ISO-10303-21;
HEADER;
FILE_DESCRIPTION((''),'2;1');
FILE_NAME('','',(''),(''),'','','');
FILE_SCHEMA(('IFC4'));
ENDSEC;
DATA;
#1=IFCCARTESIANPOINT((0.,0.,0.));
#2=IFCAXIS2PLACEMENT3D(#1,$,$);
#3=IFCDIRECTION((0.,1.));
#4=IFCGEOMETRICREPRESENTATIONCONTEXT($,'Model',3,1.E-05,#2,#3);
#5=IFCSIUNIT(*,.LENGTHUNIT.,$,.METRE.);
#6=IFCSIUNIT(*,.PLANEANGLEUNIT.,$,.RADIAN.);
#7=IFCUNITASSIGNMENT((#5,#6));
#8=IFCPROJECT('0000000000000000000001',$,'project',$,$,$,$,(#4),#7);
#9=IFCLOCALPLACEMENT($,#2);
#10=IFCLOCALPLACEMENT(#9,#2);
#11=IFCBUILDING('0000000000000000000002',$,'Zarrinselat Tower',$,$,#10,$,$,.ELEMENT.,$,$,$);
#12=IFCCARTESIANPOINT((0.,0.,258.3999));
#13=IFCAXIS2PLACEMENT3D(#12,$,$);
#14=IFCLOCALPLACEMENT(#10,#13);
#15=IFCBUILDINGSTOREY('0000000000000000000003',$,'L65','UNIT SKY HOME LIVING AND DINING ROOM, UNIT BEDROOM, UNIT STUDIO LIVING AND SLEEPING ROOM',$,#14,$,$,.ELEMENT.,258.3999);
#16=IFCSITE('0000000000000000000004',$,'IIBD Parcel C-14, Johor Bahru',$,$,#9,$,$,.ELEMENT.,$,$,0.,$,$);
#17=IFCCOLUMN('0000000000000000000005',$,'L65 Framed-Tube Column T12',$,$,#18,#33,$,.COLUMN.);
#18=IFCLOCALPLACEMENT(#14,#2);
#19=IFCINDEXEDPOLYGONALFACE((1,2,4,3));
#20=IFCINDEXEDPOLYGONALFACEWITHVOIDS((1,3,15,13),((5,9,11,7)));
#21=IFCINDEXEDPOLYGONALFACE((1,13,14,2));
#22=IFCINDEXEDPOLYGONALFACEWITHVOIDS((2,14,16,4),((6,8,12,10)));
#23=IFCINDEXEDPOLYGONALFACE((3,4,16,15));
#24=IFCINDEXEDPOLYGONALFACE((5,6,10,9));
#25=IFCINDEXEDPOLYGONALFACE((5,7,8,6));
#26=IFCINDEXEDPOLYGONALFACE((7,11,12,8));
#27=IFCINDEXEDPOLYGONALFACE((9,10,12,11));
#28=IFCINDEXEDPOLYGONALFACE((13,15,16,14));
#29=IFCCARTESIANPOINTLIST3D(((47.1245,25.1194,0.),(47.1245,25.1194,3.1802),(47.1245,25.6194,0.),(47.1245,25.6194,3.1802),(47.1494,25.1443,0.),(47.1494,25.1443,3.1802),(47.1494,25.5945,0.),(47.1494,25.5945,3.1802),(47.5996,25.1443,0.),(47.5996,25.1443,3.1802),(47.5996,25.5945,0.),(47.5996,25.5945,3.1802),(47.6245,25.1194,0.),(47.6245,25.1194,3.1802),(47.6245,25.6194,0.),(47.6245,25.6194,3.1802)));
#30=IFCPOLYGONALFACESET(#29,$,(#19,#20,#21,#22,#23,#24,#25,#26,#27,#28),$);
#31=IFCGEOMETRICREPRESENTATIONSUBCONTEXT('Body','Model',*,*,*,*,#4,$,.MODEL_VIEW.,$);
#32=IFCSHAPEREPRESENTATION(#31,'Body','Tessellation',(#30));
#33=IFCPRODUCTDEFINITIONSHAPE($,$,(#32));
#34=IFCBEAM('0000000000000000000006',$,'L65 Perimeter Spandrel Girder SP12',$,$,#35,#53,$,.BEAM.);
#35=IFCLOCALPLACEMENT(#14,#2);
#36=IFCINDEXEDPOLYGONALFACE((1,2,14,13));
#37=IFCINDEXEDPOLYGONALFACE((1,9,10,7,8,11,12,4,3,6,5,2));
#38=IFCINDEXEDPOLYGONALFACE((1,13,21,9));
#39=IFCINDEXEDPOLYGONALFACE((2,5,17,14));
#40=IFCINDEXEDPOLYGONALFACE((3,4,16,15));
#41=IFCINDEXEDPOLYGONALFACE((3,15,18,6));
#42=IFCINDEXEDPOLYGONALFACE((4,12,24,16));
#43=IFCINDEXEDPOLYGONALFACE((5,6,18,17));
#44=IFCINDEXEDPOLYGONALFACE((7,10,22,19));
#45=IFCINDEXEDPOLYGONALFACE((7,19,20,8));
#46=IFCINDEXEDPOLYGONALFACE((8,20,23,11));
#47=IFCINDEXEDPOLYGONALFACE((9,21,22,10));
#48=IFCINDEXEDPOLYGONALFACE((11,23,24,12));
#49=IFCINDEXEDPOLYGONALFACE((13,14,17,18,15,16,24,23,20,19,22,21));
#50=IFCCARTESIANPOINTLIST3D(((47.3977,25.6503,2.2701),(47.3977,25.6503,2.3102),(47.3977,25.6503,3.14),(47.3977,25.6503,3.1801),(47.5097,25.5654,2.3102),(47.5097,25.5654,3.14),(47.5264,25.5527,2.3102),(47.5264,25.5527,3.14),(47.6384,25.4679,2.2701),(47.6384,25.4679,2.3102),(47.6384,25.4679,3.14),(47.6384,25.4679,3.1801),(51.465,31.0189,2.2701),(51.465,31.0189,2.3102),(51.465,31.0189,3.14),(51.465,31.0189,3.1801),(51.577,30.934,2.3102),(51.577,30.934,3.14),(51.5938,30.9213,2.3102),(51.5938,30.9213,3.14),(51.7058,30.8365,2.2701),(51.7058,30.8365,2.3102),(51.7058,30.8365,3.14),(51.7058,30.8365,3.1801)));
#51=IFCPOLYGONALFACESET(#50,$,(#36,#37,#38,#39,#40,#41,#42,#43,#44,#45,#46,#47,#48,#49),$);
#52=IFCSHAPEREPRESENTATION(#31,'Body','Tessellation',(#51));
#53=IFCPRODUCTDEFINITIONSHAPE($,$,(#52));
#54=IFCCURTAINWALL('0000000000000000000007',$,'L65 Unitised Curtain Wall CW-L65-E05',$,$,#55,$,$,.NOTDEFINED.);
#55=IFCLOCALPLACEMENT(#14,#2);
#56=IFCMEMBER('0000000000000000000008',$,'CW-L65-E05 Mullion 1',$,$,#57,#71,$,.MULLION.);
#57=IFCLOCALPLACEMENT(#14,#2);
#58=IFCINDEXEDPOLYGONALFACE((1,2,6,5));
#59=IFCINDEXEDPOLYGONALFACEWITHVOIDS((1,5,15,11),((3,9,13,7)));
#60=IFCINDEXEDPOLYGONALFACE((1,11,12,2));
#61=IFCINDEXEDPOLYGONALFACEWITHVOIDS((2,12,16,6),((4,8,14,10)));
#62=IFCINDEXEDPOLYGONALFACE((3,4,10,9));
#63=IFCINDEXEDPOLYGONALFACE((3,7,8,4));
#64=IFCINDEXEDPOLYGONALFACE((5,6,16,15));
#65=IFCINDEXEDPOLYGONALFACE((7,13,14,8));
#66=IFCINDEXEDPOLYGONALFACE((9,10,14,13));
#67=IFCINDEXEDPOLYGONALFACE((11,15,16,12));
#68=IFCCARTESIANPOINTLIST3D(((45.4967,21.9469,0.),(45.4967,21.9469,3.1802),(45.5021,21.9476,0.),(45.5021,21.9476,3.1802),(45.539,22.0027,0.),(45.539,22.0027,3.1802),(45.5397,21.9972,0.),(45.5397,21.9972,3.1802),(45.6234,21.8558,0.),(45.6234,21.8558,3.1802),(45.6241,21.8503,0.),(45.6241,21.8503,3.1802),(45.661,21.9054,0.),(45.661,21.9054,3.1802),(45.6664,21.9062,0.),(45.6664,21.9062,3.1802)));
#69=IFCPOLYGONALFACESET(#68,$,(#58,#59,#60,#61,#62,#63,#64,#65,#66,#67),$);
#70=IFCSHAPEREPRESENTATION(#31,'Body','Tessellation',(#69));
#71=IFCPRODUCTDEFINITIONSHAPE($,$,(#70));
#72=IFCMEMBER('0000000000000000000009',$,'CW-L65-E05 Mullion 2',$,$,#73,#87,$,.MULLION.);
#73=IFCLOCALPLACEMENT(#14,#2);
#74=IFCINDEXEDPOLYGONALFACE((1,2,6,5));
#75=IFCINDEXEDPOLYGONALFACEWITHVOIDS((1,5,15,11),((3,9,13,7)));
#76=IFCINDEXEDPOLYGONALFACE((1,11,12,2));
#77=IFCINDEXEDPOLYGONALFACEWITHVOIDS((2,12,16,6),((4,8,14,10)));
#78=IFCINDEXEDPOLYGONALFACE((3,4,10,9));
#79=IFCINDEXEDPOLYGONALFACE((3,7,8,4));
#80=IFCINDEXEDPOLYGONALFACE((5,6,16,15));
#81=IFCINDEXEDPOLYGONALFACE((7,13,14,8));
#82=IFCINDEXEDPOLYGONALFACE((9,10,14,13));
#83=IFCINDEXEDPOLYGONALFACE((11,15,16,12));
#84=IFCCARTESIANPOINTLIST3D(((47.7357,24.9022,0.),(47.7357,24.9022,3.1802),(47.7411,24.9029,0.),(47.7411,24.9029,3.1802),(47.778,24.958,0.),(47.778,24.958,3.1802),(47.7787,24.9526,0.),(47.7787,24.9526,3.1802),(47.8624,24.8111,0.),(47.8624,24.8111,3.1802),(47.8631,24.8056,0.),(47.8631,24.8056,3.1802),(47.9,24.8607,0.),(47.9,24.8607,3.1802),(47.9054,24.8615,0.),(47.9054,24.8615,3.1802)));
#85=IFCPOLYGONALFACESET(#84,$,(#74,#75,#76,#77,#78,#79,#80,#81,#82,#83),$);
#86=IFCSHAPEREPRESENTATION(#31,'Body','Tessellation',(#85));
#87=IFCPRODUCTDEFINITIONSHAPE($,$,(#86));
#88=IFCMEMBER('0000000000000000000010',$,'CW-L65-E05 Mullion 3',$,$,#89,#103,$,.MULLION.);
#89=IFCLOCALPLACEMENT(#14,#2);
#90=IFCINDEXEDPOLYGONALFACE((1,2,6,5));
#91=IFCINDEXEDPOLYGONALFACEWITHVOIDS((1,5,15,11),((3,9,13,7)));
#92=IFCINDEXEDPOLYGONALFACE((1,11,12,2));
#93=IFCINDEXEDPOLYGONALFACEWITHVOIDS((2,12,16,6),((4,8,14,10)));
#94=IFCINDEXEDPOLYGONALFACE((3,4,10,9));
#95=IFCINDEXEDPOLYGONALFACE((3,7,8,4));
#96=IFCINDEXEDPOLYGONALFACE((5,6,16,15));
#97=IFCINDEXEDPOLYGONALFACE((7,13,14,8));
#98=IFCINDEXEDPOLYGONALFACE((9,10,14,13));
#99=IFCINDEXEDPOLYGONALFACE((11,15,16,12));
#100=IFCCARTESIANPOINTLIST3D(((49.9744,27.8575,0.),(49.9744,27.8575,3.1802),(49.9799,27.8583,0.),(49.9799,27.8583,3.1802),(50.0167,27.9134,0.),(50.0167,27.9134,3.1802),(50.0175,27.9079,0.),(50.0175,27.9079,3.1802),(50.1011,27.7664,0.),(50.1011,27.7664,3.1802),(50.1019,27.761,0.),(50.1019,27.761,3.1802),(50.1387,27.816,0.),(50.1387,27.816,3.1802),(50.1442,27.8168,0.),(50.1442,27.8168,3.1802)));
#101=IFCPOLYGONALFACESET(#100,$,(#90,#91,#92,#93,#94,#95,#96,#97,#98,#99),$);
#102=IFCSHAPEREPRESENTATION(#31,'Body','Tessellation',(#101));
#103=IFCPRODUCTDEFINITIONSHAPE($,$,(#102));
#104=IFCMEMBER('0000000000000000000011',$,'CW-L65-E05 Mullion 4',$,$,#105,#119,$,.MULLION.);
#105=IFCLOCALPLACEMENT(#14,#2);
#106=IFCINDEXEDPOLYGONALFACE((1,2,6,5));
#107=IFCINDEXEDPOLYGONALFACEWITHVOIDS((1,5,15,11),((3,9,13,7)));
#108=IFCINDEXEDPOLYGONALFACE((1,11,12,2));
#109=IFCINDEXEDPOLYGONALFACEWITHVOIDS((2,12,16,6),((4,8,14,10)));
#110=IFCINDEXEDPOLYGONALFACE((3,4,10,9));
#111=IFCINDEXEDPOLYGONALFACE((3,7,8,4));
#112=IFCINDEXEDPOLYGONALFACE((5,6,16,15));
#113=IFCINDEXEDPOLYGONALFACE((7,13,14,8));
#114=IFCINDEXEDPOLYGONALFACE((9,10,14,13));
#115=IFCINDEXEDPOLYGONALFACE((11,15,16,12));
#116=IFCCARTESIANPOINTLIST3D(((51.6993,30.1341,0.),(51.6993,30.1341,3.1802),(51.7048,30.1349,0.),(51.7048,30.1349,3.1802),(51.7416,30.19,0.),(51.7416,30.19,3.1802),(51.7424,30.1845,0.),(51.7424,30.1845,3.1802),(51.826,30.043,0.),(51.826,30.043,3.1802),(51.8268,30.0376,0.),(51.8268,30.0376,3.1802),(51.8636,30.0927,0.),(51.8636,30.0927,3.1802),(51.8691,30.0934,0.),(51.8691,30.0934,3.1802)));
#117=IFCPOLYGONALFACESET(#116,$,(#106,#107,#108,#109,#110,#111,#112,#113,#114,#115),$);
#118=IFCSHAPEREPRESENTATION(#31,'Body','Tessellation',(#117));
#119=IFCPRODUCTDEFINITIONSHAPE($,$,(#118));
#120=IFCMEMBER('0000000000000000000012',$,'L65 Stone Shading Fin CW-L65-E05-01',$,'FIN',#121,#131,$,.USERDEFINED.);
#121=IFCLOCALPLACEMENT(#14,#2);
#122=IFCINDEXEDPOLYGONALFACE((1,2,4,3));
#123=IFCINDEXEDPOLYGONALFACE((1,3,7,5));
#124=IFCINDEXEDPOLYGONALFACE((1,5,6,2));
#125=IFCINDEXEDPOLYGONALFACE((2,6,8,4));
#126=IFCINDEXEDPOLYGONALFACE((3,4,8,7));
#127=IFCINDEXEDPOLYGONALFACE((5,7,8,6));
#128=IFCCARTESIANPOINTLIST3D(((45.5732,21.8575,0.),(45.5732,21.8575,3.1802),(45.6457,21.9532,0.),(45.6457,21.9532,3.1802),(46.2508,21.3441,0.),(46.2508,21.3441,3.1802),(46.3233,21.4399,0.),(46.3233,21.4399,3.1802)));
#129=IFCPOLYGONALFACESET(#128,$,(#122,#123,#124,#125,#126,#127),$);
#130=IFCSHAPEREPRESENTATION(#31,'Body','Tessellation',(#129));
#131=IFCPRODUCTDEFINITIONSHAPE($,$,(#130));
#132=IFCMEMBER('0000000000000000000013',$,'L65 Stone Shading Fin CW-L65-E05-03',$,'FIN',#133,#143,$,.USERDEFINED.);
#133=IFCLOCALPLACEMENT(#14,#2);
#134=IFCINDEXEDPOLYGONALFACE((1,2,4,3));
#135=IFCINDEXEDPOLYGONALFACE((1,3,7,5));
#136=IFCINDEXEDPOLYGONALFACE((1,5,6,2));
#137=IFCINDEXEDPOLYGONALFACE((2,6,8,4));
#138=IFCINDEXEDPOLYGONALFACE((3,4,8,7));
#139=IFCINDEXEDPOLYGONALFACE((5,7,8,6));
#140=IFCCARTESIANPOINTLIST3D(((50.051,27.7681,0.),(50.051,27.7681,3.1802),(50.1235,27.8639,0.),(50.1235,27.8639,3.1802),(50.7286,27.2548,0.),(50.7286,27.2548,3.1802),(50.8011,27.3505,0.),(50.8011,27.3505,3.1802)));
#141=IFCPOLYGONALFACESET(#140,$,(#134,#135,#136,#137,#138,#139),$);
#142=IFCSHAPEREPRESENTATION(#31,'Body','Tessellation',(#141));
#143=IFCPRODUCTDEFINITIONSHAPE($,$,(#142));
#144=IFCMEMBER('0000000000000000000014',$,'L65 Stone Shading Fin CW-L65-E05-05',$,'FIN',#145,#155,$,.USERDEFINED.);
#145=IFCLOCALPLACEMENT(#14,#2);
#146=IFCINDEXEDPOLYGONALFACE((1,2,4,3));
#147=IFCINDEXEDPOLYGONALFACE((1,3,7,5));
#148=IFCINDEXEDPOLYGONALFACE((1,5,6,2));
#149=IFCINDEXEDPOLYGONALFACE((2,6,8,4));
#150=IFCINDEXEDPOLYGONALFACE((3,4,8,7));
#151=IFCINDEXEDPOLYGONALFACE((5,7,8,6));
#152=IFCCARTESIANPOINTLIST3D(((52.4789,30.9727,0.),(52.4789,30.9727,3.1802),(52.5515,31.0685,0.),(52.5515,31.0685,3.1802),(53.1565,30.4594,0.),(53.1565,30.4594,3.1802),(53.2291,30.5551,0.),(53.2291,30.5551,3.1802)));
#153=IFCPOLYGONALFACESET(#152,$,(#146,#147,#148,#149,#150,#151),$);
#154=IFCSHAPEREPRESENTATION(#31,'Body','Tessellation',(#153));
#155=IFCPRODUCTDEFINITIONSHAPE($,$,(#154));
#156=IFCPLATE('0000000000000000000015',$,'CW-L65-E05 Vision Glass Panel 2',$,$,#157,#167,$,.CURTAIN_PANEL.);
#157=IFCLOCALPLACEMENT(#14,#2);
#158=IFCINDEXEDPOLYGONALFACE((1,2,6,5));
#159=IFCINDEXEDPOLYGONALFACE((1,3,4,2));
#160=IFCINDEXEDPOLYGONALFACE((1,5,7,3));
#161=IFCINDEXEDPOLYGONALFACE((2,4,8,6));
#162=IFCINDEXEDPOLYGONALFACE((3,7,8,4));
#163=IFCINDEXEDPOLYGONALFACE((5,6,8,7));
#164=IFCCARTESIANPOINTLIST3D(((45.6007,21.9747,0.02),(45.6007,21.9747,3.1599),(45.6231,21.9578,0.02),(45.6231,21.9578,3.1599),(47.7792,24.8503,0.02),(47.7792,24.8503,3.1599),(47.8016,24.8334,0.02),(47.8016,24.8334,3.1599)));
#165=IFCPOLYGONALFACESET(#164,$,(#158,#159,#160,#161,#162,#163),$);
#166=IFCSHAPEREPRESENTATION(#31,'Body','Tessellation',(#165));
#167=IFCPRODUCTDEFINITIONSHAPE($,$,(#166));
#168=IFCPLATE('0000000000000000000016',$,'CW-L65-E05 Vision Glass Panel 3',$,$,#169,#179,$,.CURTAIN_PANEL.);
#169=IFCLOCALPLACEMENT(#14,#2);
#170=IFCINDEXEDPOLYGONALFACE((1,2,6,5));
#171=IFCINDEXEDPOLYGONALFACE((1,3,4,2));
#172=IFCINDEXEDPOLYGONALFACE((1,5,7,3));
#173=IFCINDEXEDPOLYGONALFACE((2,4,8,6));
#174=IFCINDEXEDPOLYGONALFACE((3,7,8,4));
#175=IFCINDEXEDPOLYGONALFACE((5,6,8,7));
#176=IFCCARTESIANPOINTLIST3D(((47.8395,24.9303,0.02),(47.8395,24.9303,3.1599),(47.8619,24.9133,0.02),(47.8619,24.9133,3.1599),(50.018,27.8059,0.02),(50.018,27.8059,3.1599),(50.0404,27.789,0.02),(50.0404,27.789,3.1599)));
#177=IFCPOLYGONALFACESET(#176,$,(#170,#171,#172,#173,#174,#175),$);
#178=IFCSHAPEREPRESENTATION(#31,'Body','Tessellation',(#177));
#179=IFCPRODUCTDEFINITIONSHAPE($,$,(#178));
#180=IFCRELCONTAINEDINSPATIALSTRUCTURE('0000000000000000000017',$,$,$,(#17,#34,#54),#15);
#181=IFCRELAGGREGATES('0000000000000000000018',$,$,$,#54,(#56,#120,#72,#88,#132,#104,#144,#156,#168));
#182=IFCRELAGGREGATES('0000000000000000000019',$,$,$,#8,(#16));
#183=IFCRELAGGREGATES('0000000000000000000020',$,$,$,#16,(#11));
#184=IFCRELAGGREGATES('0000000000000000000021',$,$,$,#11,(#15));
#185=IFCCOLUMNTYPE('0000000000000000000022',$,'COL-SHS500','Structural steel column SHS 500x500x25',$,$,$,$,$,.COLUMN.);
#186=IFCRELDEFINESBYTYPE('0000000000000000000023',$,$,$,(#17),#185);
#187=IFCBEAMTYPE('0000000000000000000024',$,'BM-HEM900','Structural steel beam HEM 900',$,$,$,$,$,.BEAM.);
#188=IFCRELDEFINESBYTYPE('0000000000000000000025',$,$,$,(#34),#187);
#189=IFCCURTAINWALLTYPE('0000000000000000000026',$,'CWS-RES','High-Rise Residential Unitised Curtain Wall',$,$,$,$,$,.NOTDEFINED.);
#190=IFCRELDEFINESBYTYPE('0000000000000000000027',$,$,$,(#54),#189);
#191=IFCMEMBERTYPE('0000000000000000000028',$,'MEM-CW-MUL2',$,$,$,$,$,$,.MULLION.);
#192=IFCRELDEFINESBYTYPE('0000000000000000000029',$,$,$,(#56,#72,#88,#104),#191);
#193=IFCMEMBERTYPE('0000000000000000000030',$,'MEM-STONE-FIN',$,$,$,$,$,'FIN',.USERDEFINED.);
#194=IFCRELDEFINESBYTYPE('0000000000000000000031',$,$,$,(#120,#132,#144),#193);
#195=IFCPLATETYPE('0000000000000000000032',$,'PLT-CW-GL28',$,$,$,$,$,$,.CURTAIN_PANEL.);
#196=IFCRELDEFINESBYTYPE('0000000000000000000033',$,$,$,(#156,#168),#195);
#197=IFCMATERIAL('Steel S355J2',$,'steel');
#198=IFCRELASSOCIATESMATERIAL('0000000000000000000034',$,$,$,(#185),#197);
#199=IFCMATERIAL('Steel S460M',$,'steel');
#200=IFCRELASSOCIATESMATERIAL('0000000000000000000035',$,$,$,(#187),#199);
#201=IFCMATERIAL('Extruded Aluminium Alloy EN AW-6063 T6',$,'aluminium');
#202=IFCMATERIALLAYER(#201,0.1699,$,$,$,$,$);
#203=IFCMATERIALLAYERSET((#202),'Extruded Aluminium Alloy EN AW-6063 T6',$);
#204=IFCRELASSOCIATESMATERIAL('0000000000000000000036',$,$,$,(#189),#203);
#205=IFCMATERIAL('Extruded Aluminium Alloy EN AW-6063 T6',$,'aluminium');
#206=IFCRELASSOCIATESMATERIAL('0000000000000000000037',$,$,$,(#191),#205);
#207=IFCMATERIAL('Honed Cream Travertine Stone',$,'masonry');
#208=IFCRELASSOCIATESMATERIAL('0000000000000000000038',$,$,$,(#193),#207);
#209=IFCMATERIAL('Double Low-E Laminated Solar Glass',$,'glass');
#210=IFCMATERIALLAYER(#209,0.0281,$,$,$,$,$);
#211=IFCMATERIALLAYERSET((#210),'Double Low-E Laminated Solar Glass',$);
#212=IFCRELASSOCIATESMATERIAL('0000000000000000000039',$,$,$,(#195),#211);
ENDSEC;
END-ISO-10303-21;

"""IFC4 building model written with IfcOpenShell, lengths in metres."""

from ifc_helpers import new_model, si_unit, direction, frame, origin, origin_2d, place, context, subcontext, project, spatial, rectangle, hollow_rectangle, i_section, extrude, material, layer, layer_set, material_profile, profile_set, type_object, element, aggregate, save


model = new_model("IFC4")

# Units and contexts
model_context = context("Model", 3, precision=1e-05, world=origin(), true_north=direction((0.0, 1.0)))
body_context = subcontext(model_context, "Body", "Model", "MODEL_VIEW")
ifc_project = project(units=[si_unit("LENGTHUNIT", "METRE"), si_unit("PLANEANGLEUNIT", "RADIAN")], contexts=[model_context])

# Site, building, storey
site_placement = place(None, origin())
site = spatial("IfcSite", under=ifc_project, at=site_placement, Name="IIBD Parcel C-14, Johor Bahru", CompositionType="ELEMENT", RefElevation=0.0)
building_placement = place(site_placement, origin())
building = spatial("IfcBuilding", under=site, at=building_placement, Name="Zarrinselat Tower", CompositionType="ELEMENT")
storey_placement = place(building_placement, frame((0.0, 0.0, 258.3999)))
storey = spatial("IfcBuildingStorey", under=building, at=storey_placement, Name="L65", Description="UNIT SKY HOME LIVING AND DINING ROOM, UNIT BEDROOM, UNIT STUDIO LIVING AND SLEEPING ROOM", CompositionType="ELEMENT", Elevation=258.3999)

# Column
ifc_material_1 = material(Name="Steel S355J2", Category="steel")
ifc_material_profile_1 = material_profile(ifc_material_1, hollow_rectangle(XDim=0.5, YDim=0.5, WallThickness=0.0249, at=origin_2d()), Name="SHS 500x500x25")
ifc_profile_set_1 = profile_set([ifc_material_profile_1], Name="Steel S355J2")
column_type = type_object("IfcColumnType", Name="COL-SHS500", Description="Structural steel column SHS 500x500x25", PredefinedType="COLUMN", material=ifc_profile_set_1)
column_placement = place(storey_placement, frame((47.3745, 25.3694, 0.0), z_axis=(0.0, 0.0, 1.0), x_axis=(1.0, 0.0, 0.0)))
element("IfcColumn", 1, at=column_placement, inside=storey, type_object=column_type, Name="L65 Framed-Tube Column T12", PredefinedType="COLUMN", context=body_context, shape_type="SweptSolid", body=[
    extrude(hollow_rectangle(XDim=0.5, YDim=0.5, WallThickness=0.0249, at=origin_2d()), origin(), (0.0, 0.0, 1.0), 3.1802),
])

# Beam
ifc_material_2 = material(Name="Steel S460M", Category="steel")
ifc_material_profile_2 = material_profile(ifc_material_2, i_section(OverallWidth=0.302, OverallDepth=0.9099, WebThickness=0.021, FlangeThickness=0.04, at=origin_2d()), Name="HEM 900")
ifc_profile_set_2 = profile_set([ifc_material_profile_2], Name="Steel S460M")
beam_type = type_object("IfcBeamType", Name="BM-HEM900", Description="Structural steel beam HEM 900", PredefinedType="BEAM", material=ifc_profile_set_2)
beam_placement = place(storey_placement, frame((47.5181, 25.5591, 2.7251), z_axis=(0.603879, 0.797076, 0.0), x_axis=(-0.797076, 0.603879, 0.0)))
element("IfcBeam", 2, at=beam_placement, inside=storey, type_object=beam_type, Name="L65 Perimeter Spandrel Girder SP12", PredefinedType="BEAM", context=body_context, shape_type="SweptSolid", body=[
    extrude(i_section(OverallWidth=0.302, OverallDepth=0.9099, WebThickness=0.021, FlangeThickness=0.04, at=origin_2d()), origin(), (0.0, 0.0, 1.0), 6.7354),
])

# Curtain wall, members, plates
ifc_material_3 = material(Name="Extruded Aluminium Alloy EN AW-6063 T6", Category="aluminium")
ifc_layer_1 = layer(ifc_material_3, 0.1699)
ifc_layer_set_1 = layer_set([ifc_layer_1], Name="Extruded Aluminium Alloy EN AW-6063 T6")
curtain_wall_type = type_object("IfcCurtainWallType", Name="CWS-RES", Description="High-Rise Residential Unitised Curtain Wall", PredefinedType="NOTDEFINED", material=ifc_layer_set_1)
curtain_wall_placement = place(storey_placement, origin())
curtain_wall = element("IfcCurtainWall", 3, at=curtain_wall_placement, inside=storey, type_object=curtain_wall_type, Name="L65 Unitised Curtain Wall CW-L65-E05", PredefinedType="NOTDEFINED")
ifc_material_4 = material(Name="Extruded Aluminium Alloy EN AW-6063 T6", Category="aluminium")
ifc_material_profile_3 = material_profile(ifc_material_4, hollow_rectangle(XDim=0.0701, YDim=0.1599, WallThickness=0.0039, at=origin_2d()), Name="RHS 160x70x4")
ifc_profile_set_3 = profile_set([ifc_material_profile_3], Name="Extruded Aluminium Alloy EN AW-6063 T6")
member_type_1 = type_object("IfcMemberType", Name="MEM-CW-MUL2", PredefinedType="MULLION", material=ifc_profile_set_3)
member_1_placement = place(storey_placement, frame((45.5815, 21.9265, 0.0), z_axis=(0.0, 0.0, 1.0), x_axis=(0.60386, 0.797091, 0.0)))
member_1 = element("IfcMember", 4, at=member_1_placement, type_object=member_type_1, Name="CW-L65-E05 Mullion 1", PredefinedType="MULLION", context=body_context, shape_type="SweptSolid", body=[
    extrude(hollow_rectangle(XDim=0.0701, YDim=0.1599, WallThickness=0.0039, at=origin_2d()), origin(), (0.0, 0.0, 1.0), 3.1802),
])
member_2_placement = place(storey_placement, frame((47.8206, 24.8818, 0.0), z_axis=(0.0, 0.0, 1.0), x_axis=(0.60386, 0.797091, 0.0)))
member_2 = element("IfcMember", 5, at=member_2_placement, type_object=member_type_1, Name="CW-L65-E05 Mullion 2", PredefinedType="MULLION", context=body_context, shape_type="SweptSolid", body=[
    extrude(hollow_rectangle(XDim=0.0701, YDim=0.1599, WallThickness=0.0039, at=origin_2d()), origin(), (0.0, 0.0, 1.0), 3.1802),
])
member_3_placement = place(storey_placement, frame((50.0593, 27.8372, 0.0), z_axis=(0.0, 0.0, 1.0), x_axis=(0.60386, 0.797091, 0.0)))
member_3 = element("IfcMember", 6, at=member_3_placement, type_object=member_type_1, Name="CW-L65-E05 Mullion 3", PredefinedType="MULLION", context=body_context, shape_type="SweptSolid", body=[
    extrude(hollow_rectangle(XDim=0.0701, YDim=0.1599, WallThickness=0.0039, at=origin_2d()), origin(), (0.0, 0.0, 1.0), 3.1802),
])
member_4_placement = place(storey_placement, frame((51.7842, 30.1138, 0.0), z_axis=(0.0, 0.0, 1.0), x_axis=(0.60386, 0.797091, 0.0)))
member_4 = element("IfcMember", 7, at=member_4_placement, type_object=member_type_1, Name="CW-L65-E05 Mullion 4", PredefinedType="MULLION", context=body_context, shape_type="SweptSolid", body=[
    extrude(hollow_rectangle(XDim=0.0701, YDim=0.1599, WallThickness=0.0039, at=origin_2d()), origin(), (0.0, 0.0, 1.0), 3.1802),
])
ifc_material_5 = material(Name="Honed Cream Travertine Stone", Category="masonry")
ifc_material_profile_4 = material_profile(ifc_material_5, rectangle(XDim=0.1201, YDim=0.8501, at=origin_2d()), Name="FIN 850x120")
ifc_profile_set_4 = profile_set([ifc_material_profile_4], Name="Honed Cream Travertine Stone")
member_type_2 = type_object("IfcMemberType", Name="MEM-STONE-FIN", ElementType="FIN", PredefinedType="USERDEFINED", material=ifc_profile_set_4)
member_5_placement = place(storey_placement, frame((45.9482, 21.6487, 0.0), z_axis=(0.0, 0.0, 1.0), x_axis=(-0.60386, -0.797091, 0.0)))
member_5 = element("IfcMember", 8, at=member_5_placement, type_object=member_type_2, Name="L65 Stone Shading Fin CW-L65-E05-01", ObjectType="FIN", PredefinedType="USERDEFINED", context=body_context, shape_type="SweptSolid", body=[
    extrude(rectangle(XDim=0.1201, YDim=0.8501, at=origin_2d()), origin(), (0.0, 0.0, 1.0), 3.1802),
])
member_6_placement = place(storey_placement, frame((50.426, 27.5593, 0.0), z_axis=(0.0, 0.0, 1.0), x_axis=(-0.60386, -0.797091, 0.0)))
member_6 = element("IfcMember", 9, at=member_6_placement, type_object=member_type_2, Name="L65 Stone Shading Fin CW-L65-E05-03", ObjectType="FIN", PredefinedType="USERDEFINED", context=body_context, shape_type="SweptSolid", body=[
    extrude(rectangle(XDim=0.1201, YDim=0.8501, at=origin_2d()), origin(), (0.0, 0.0, 1.0), 3.1802),
])
member_7_placement = place(storey_placement, frame((52.854, 30.7639, 0.0), z_axis=(0.0, 0.0, 1.0), x_axis=(-0.60386, -0.797091, 0.0)))
member_7 = element("IfcMember", 10, at=member_7_placement, type_object=member_type_2, Name="L65 Stone Shading Fin CW-L65-E05-05", ObjectType="FIN", PredefinedType="USERDEFINED", context=body_context, shape_type="SweptSolid", body=[
    extrude(rectangle(XDim=0.1201, YDim=0.8501, at=origin_2d()), origin(), (0.0, 0.0, 1.0), 3.1802),
])
ifc_material_6 = material(Name="Double Low-E Laminated Solar Glass", Category="glass")
ifc_layer_2 = layer(ifc_material_6, 0.0281)
ifc_layer_set_2 = layer_set([ifc_layer_2], Name="Double Low-E Laminated Solar Glass")
plate_type = type_object("IfcPlateType", Name="PLT-CW-GL28", PredefinedType="CURTAIN_PANEL", material=ifc_layer_set_2)
plate_1_placement = place(storey_placement, frame((46.7012, 23.4041, 0.02), z_axis=(0.0, 0.0, 1.0), x_axis=(0.60386, 0.797091, 0.0)))
plate_1 = element("IfcPlate", 11, at=plate_1_placement, type_object=plate_type, Name="CW-L65-E05 Vision Glass Panel 2", PredefinedType="CURTAIN_PANEL", context=body_context, shape_type="SweptSolid", body=[
    extrude(rectangle(XDim=3.6077, YDim=0.0281, at=origin_2d()), origin(), (0.0, 0.0, 1.0), 3.1399),
])
plate_2_placement = place(storey_placement, frame((48.9399, 26.3596, 0.02), z_axis=(0.0, 0.0, 1.0), x_axis=(0.60386, 0.797091, 0.0)))
plate_2 = element("IfcPlate", 12, at=plate_2_placement, type_object=plate_type, Name="CW-L65-E05 Vision Glass Panel 3", PredefinedType="CURTAIN_PANEL", context=body_context, shape_type="SweptSolid", body=[
    extrude(rectangle(XDim=3.6077, YDim=0.0281, at=origin_2d()), origin(), (0.0, 0.0, 1.0), 3.1399),
])
aggregate(curtain_wall, [member_1, member_5, member_2, member_3, member_6, member_4, member_7, plate_1, plate_2])

save(model, "model.ifc")
